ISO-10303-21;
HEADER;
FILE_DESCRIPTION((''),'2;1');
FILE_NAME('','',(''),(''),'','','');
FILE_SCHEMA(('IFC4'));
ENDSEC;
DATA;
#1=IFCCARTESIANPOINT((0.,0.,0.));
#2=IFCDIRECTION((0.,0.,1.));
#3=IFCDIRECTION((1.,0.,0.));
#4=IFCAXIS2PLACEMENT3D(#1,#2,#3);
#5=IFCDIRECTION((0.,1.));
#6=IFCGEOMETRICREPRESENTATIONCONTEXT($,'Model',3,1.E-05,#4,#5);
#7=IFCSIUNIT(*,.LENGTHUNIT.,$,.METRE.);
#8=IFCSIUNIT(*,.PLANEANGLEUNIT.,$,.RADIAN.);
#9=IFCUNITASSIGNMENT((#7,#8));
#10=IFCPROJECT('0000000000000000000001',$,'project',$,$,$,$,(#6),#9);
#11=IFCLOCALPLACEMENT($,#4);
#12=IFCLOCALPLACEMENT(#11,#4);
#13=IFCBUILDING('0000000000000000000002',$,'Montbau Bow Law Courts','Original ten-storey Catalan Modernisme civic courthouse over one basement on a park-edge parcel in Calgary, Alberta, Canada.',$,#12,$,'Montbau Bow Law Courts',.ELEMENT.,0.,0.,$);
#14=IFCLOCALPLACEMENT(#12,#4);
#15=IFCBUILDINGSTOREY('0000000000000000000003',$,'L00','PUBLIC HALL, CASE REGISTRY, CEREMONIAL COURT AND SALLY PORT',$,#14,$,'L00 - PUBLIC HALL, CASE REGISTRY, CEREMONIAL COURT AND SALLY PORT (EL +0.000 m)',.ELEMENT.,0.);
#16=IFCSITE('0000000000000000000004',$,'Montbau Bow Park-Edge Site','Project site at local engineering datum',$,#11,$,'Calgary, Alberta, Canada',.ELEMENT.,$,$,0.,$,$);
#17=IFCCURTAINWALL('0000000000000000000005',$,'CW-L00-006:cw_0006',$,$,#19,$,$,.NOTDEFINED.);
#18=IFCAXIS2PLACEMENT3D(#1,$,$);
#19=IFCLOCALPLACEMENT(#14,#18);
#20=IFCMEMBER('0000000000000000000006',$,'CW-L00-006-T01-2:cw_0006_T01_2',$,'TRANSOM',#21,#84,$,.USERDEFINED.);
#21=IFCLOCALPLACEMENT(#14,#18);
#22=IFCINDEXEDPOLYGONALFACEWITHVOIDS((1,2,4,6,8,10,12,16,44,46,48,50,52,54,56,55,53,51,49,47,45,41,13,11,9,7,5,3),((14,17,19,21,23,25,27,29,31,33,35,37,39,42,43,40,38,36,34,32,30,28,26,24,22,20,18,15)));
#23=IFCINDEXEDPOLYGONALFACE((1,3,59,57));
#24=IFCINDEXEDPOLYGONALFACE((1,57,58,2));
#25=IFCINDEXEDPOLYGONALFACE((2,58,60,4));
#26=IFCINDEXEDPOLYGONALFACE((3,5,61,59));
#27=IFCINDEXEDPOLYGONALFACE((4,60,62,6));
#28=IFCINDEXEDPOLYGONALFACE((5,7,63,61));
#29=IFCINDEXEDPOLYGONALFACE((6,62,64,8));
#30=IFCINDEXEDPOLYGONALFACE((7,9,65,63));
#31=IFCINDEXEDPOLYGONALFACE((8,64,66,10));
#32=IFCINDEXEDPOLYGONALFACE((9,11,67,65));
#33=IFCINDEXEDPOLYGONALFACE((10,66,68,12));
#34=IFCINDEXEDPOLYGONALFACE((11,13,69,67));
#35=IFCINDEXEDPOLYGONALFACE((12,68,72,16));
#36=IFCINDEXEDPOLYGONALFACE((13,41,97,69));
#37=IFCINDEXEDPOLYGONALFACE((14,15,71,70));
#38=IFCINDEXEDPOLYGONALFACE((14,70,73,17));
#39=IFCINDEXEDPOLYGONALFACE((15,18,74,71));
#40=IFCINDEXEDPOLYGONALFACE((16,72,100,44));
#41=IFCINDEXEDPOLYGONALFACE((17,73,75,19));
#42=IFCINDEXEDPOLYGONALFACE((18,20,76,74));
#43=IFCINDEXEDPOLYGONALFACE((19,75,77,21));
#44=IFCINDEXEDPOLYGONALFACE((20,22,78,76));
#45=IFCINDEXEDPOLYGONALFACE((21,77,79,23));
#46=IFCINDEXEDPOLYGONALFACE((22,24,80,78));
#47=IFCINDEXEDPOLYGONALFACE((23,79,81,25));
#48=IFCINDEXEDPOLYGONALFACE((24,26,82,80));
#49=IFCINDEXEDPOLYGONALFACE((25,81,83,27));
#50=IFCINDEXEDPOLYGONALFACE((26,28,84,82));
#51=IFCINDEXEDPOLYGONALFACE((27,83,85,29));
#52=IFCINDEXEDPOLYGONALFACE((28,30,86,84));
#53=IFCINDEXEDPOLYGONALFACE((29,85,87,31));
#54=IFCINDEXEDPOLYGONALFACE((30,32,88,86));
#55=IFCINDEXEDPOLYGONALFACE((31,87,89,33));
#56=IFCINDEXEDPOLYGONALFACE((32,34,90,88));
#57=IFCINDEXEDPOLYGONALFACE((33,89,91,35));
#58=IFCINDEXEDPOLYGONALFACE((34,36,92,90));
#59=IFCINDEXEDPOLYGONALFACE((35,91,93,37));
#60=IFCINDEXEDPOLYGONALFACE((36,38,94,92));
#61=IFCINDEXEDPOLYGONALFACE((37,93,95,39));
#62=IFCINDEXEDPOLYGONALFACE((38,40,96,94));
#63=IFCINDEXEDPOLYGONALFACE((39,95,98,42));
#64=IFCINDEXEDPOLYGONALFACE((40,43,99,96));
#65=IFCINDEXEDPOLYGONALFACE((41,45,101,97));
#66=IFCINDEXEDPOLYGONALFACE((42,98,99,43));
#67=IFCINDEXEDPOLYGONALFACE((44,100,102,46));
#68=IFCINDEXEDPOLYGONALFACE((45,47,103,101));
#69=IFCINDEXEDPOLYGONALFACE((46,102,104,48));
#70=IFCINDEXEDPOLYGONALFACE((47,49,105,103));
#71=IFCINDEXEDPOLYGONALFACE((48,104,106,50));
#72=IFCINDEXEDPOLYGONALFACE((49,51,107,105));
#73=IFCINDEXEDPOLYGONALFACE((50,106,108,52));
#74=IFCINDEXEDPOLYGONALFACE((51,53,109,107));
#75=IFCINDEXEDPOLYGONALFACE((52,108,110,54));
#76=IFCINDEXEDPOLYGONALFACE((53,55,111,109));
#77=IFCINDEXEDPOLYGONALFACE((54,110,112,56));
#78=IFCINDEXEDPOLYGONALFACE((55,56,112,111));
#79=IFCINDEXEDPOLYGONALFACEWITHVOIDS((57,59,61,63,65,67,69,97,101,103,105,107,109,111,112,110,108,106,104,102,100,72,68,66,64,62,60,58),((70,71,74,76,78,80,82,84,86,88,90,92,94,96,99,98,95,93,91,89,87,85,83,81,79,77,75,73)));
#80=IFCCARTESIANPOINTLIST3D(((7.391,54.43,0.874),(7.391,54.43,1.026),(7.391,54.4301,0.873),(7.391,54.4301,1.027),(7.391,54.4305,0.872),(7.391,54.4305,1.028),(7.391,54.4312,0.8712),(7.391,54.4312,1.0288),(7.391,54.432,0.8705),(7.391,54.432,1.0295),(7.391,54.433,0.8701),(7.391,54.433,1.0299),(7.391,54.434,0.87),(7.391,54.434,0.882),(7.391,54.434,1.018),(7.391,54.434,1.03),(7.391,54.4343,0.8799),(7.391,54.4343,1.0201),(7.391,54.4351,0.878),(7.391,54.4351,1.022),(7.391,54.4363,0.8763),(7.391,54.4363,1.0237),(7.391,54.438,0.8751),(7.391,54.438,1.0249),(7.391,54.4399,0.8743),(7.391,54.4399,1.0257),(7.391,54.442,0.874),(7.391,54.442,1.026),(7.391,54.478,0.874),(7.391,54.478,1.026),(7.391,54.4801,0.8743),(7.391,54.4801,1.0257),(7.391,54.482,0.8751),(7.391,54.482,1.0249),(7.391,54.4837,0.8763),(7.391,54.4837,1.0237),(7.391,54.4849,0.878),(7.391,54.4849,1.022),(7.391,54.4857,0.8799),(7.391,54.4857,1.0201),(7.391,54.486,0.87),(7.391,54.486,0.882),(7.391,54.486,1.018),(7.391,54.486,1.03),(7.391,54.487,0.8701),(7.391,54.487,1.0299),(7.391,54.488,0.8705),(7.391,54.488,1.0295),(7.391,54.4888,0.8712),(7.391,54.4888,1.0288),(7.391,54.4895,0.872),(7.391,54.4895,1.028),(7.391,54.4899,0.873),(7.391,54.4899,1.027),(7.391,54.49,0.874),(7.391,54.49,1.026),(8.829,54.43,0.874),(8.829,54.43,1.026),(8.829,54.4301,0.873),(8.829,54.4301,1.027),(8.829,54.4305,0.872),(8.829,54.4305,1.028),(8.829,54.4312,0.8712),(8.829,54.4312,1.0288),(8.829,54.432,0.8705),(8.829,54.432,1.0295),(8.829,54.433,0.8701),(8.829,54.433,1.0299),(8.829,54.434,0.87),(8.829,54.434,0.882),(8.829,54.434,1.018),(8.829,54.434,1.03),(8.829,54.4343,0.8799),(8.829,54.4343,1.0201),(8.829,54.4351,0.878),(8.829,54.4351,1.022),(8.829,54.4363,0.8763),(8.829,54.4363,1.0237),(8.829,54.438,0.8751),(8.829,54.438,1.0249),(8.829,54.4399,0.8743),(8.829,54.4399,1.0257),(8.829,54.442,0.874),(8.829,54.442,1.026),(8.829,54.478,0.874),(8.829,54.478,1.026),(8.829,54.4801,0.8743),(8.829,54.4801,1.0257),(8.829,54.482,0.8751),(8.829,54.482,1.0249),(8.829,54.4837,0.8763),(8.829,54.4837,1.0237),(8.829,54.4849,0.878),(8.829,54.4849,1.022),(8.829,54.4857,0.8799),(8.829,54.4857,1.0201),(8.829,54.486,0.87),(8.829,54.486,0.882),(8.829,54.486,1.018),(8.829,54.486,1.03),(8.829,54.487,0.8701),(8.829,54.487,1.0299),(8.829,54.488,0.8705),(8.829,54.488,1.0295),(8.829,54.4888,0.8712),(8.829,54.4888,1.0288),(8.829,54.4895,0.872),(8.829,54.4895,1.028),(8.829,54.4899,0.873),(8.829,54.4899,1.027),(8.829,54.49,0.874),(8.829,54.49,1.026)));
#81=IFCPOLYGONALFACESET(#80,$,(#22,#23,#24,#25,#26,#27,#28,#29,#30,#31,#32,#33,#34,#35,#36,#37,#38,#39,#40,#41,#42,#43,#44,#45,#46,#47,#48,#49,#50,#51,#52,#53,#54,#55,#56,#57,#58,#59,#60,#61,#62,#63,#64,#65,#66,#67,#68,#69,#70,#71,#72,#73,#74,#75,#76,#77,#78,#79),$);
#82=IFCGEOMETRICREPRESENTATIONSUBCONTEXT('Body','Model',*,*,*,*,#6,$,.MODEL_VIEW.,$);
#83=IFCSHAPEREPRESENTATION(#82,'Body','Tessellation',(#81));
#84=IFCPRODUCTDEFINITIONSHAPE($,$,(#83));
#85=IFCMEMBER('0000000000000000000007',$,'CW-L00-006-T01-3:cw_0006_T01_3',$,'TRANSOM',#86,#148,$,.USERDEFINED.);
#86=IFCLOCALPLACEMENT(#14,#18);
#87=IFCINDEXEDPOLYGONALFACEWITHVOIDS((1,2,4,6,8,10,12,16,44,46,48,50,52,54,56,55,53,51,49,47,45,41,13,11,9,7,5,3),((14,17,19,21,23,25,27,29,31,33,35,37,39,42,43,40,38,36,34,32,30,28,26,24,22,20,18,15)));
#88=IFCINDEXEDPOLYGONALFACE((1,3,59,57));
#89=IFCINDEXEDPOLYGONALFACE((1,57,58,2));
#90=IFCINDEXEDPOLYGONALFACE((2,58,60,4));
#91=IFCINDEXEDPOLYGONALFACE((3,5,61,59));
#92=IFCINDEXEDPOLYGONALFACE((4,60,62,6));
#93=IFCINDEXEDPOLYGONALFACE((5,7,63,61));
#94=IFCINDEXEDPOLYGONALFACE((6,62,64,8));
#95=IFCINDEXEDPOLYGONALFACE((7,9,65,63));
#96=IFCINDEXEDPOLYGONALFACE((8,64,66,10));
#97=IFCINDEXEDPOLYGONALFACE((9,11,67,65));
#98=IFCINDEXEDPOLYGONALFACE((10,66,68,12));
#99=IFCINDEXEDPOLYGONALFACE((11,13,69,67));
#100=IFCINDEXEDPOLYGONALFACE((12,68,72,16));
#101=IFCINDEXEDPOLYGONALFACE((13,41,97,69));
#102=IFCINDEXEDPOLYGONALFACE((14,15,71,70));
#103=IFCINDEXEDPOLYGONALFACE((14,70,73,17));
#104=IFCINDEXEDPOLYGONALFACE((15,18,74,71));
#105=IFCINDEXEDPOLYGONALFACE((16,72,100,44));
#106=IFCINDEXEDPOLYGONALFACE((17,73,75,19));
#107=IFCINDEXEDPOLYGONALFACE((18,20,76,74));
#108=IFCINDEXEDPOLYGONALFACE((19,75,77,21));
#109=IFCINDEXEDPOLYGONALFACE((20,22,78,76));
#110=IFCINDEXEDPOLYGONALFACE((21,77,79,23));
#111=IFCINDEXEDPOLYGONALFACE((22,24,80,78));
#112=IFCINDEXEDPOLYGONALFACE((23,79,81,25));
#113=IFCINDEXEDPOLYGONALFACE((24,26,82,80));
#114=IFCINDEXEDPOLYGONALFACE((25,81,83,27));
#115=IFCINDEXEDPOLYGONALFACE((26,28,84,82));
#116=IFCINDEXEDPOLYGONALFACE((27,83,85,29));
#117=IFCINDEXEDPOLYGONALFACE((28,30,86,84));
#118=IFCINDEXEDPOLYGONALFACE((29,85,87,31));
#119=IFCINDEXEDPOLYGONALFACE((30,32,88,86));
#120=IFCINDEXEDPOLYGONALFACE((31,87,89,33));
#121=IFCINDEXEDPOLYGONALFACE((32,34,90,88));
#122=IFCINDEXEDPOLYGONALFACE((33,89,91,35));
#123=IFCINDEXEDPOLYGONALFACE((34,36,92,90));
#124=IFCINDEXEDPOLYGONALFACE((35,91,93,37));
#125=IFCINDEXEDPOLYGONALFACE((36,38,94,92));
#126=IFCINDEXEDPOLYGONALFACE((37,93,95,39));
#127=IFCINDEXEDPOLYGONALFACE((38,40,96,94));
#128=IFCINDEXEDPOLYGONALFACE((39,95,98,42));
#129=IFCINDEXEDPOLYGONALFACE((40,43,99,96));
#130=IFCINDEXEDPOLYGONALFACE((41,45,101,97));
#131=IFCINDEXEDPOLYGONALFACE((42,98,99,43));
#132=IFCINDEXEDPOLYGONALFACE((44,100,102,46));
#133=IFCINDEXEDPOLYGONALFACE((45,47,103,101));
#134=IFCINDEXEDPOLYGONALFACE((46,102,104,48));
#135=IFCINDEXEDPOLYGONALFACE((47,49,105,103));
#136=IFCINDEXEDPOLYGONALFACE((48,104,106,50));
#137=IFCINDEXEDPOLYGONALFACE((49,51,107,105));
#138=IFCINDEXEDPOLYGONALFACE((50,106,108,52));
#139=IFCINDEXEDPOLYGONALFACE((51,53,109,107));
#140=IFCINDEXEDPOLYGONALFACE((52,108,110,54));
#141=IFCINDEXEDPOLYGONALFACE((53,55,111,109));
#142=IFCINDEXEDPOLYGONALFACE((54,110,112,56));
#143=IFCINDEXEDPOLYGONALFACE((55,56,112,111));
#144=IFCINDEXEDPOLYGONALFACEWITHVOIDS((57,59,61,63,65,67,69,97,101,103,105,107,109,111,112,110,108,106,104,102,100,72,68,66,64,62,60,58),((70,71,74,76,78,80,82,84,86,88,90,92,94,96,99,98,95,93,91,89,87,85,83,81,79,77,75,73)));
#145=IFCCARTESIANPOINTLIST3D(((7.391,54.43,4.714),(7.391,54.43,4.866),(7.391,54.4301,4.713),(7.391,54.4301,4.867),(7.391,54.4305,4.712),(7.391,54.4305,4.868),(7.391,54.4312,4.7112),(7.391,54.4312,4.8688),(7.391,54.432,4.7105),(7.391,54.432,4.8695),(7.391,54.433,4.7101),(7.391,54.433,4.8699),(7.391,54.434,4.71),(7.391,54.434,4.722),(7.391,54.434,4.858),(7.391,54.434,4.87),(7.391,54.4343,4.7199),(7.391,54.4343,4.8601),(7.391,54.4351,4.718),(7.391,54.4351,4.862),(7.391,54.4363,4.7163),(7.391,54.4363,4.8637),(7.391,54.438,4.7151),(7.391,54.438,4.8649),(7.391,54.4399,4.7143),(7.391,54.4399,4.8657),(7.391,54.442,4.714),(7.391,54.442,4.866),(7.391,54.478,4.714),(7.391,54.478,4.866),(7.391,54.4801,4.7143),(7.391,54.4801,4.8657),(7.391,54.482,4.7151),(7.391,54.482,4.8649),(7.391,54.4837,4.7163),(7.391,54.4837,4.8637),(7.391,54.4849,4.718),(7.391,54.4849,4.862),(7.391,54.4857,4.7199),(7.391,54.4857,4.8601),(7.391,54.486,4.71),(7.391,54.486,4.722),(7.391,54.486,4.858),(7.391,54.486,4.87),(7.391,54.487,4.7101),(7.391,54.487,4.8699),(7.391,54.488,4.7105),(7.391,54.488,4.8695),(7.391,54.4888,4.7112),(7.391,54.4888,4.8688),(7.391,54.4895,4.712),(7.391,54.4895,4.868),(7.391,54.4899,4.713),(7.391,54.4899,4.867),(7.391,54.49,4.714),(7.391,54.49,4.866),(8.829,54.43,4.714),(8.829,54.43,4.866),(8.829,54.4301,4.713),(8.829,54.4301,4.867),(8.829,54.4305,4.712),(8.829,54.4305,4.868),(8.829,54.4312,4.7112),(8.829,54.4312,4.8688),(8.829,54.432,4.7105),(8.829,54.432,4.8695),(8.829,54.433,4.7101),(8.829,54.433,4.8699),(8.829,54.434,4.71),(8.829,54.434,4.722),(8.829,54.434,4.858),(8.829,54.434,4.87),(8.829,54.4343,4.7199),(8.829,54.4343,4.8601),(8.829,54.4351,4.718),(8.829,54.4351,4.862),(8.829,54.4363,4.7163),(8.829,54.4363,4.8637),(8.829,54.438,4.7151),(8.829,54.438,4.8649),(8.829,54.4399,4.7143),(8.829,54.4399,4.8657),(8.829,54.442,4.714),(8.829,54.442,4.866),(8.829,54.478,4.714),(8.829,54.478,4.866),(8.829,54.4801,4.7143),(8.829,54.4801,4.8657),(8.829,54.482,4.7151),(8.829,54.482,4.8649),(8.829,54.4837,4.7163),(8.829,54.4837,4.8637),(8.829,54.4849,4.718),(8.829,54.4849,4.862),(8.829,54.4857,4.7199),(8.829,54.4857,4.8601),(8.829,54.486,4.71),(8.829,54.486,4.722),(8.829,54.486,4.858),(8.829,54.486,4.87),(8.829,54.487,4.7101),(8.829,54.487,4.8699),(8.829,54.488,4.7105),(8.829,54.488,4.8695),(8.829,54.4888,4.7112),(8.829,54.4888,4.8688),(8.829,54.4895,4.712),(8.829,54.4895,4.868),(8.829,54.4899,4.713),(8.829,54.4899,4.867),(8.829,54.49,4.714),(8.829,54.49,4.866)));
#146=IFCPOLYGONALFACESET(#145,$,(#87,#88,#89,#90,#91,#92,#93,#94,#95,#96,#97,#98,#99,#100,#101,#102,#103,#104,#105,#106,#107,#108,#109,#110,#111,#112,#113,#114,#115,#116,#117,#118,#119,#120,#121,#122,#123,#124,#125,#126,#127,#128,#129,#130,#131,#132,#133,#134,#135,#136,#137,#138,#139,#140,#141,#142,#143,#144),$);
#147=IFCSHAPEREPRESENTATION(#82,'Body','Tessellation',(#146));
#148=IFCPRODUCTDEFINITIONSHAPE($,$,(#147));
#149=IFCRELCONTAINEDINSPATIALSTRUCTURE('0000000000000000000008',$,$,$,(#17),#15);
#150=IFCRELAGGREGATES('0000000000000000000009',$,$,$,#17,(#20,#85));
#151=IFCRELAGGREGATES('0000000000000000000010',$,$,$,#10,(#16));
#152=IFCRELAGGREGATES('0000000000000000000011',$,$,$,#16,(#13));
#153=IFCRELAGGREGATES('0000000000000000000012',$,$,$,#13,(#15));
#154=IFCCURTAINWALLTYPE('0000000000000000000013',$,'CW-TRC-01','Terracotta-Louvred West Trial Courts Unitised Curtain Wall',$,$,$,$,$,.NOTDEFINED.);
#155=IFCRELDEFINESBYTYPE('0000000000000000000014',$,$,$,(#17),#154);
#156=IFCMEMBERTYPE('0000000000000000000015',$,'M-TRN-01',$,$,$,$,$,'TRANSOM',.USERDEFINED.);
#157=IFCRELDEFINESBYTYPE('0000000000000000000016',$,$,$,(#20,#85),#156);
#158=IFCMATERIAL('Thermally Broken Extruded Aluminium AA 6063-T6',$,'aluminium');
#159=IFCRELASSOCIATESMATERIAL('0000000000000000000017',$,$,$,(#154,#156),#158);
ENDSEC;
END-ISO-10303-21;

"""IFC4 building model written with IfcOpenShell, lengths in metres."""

from ifc_helpers import new_model, si_unit, direction, frame, origin_with_axes, origin_2d_with_axis, place, context, subcontext, project, spatial, hollow_rectangle, extrude, material, material_profile, profile_set, type_object, element, aggregate, save


model = new_model("IFC4")

# Units and contexts
model_context = context("Model", 3, precision=1e-05, world=origin_with_axes(), true_north=direction((0.0, 1.0)))
body_context = subcontext(model_context, "Body", "Model", "MODEL_VIEW")
ifc_project = project(units=[si_unit("LENGTHUNIT", "METRE"), si_unit("PLANEANGLEUNIT", "RADIAN")], contexts=[model_context])

# Site, building, storey
site_placement = place(None, origin_with_axes())
site = spatial("IfcSite", under=ifc_project, at=site_placement, Name="Montbau Bow Park-Edge Site", Description="Project site at local engineering datum", LongName="Calgary, Alberta, Canada", CompositionType="ELEMENT", RefElevation=0.0)
building_placement = place(site_placement, origin_with_axes())
building = spatial("IfcBuilding", under=site, at=building_placement, Name="Montbau Bow Law Courts", Description="Original ten-storey Catalan Modernisme civic courthouse over one basement on a park-edge parcel in Calgary, Alberta, Canada.", LongName="Montbau Bow Law Courts", CompositionType="ELEMENT", ElevationOfRefHeight=0.0, ElevationOfTerrain=0.0)
storey_placement = place(building_placement, origin_with_axes())
storey = spatial("IfcBuildingStorey", under=building, at=storey_placement, Name="L00", Description="PUBLIC HALL, CASE REGISTRY, CEREMONIAL COURT AND SALLY PORT", LongName="L00 - PUBLIC HALL, CASE REGISTRY, CEREMONIAL COURT AND SALLY PORT (EL +0.000 m)", CompositionType="ELEMENT", Elevation=0.0)

# Curtain wall, members
ifc_material_1 = material(Name="Thermally Broken Extruded Aluminium AA 6063-T6", Category="aluminium")
curtain_wall_type = type_object("IfcCurtainWallType", Name="CW-TRC-01", Description="Terracotta-Louvred West Trial Courts Unitised Curtain Wall", PredefinedType="NOTDEFINED", material=ifc_material_1)
curtain_wall_1_placement = place(None, frame((7.315, 54.46, 0.0), z_axis=(0.0, 0.0, 1.0), x_axis=(1.0, 0.0, 0.0)))
curtain_wall_1 = element("IfcCurtainWall", 1, at=curtain_wall_1_placement, inside=storey, type_object=curtain_wall_type, Name="CW-L00-006:cw_0006", PredefinedType="NOTDEFINED")
ifc_material_profile = material_profile(ifc_material_1, hollow_rectangle(XDim=0.06, YDim=0.16, WallThickness=0.004, InnerFilletRadius=0.008, OuterFilletRadius=0.004, at=origin_2d_with_axis()), Name="CWT-160X60", Category="Main", Priority=0)
ifc_profile_set = profile_set([ifc_material_profile], Name="Thermally Broken Extruded Aluminium AA 6063-T6")
member_type = type_object("IfcMemberType", Name="M-TRN-01", ElementType="TRANSOM", PredefinedType="USERDEFINED", material=ifc_profile_set)
member_1_placement = place(None, frame((7.391, 54.46, 0.95), z_axis=(1.0, 0.0, 0.0), x_axis=(0.0, 1.0, 0.0)))
member_1 = element("IfcMember", 2, at=member_1_placement, type_object=member_type, Name="CW-L00-006-T01-2:cw_0006_T01_2", ObjectType="TRANSOM", PredefinedType="USERDEFINED", context=body_context, shape_type="SweptSolid", body=[
    extrude(hollow_rectangle(XDim=0.06, YDim=0.16, WallThickness=0.004, InnerFilletRadius=0.008, OuterFilletRadius=0.004, at=origin_2d_with_axis()), origin_with_axes(), (0.0, 0.0, 1.0), 1.438),
])
member_2_placement = place(None, frame((7.391, 54.46, 4.79), z_axis=(1.0, 0.0, 0.0), x_axis=(0.0, 1.0, 0.0)))
member_2 = element("IfcMember", 3, at=member_2_placement, type_object=member_type, Name="CW-L00-006-T01-3:cw_0006_T01_3", ObjectType="TRANSOM", PredefinedType="USERDEFINED", context=body_context, shape_type="SweptSolid", body=[
    extrude(hollow_rectangle(XDim=0.06, YDim=0.16, WallThickness=0.004, InnerFilletRadius=0.008, OuterFilletRadius=0.004, at=origin_2d_with_axis()), origin_with_axes(), (0.0, 0.0, 1.0), 1.438),
])

aggregate(curtain_wall_1, [member_1, member_2])

save(model, "model.ifc")
